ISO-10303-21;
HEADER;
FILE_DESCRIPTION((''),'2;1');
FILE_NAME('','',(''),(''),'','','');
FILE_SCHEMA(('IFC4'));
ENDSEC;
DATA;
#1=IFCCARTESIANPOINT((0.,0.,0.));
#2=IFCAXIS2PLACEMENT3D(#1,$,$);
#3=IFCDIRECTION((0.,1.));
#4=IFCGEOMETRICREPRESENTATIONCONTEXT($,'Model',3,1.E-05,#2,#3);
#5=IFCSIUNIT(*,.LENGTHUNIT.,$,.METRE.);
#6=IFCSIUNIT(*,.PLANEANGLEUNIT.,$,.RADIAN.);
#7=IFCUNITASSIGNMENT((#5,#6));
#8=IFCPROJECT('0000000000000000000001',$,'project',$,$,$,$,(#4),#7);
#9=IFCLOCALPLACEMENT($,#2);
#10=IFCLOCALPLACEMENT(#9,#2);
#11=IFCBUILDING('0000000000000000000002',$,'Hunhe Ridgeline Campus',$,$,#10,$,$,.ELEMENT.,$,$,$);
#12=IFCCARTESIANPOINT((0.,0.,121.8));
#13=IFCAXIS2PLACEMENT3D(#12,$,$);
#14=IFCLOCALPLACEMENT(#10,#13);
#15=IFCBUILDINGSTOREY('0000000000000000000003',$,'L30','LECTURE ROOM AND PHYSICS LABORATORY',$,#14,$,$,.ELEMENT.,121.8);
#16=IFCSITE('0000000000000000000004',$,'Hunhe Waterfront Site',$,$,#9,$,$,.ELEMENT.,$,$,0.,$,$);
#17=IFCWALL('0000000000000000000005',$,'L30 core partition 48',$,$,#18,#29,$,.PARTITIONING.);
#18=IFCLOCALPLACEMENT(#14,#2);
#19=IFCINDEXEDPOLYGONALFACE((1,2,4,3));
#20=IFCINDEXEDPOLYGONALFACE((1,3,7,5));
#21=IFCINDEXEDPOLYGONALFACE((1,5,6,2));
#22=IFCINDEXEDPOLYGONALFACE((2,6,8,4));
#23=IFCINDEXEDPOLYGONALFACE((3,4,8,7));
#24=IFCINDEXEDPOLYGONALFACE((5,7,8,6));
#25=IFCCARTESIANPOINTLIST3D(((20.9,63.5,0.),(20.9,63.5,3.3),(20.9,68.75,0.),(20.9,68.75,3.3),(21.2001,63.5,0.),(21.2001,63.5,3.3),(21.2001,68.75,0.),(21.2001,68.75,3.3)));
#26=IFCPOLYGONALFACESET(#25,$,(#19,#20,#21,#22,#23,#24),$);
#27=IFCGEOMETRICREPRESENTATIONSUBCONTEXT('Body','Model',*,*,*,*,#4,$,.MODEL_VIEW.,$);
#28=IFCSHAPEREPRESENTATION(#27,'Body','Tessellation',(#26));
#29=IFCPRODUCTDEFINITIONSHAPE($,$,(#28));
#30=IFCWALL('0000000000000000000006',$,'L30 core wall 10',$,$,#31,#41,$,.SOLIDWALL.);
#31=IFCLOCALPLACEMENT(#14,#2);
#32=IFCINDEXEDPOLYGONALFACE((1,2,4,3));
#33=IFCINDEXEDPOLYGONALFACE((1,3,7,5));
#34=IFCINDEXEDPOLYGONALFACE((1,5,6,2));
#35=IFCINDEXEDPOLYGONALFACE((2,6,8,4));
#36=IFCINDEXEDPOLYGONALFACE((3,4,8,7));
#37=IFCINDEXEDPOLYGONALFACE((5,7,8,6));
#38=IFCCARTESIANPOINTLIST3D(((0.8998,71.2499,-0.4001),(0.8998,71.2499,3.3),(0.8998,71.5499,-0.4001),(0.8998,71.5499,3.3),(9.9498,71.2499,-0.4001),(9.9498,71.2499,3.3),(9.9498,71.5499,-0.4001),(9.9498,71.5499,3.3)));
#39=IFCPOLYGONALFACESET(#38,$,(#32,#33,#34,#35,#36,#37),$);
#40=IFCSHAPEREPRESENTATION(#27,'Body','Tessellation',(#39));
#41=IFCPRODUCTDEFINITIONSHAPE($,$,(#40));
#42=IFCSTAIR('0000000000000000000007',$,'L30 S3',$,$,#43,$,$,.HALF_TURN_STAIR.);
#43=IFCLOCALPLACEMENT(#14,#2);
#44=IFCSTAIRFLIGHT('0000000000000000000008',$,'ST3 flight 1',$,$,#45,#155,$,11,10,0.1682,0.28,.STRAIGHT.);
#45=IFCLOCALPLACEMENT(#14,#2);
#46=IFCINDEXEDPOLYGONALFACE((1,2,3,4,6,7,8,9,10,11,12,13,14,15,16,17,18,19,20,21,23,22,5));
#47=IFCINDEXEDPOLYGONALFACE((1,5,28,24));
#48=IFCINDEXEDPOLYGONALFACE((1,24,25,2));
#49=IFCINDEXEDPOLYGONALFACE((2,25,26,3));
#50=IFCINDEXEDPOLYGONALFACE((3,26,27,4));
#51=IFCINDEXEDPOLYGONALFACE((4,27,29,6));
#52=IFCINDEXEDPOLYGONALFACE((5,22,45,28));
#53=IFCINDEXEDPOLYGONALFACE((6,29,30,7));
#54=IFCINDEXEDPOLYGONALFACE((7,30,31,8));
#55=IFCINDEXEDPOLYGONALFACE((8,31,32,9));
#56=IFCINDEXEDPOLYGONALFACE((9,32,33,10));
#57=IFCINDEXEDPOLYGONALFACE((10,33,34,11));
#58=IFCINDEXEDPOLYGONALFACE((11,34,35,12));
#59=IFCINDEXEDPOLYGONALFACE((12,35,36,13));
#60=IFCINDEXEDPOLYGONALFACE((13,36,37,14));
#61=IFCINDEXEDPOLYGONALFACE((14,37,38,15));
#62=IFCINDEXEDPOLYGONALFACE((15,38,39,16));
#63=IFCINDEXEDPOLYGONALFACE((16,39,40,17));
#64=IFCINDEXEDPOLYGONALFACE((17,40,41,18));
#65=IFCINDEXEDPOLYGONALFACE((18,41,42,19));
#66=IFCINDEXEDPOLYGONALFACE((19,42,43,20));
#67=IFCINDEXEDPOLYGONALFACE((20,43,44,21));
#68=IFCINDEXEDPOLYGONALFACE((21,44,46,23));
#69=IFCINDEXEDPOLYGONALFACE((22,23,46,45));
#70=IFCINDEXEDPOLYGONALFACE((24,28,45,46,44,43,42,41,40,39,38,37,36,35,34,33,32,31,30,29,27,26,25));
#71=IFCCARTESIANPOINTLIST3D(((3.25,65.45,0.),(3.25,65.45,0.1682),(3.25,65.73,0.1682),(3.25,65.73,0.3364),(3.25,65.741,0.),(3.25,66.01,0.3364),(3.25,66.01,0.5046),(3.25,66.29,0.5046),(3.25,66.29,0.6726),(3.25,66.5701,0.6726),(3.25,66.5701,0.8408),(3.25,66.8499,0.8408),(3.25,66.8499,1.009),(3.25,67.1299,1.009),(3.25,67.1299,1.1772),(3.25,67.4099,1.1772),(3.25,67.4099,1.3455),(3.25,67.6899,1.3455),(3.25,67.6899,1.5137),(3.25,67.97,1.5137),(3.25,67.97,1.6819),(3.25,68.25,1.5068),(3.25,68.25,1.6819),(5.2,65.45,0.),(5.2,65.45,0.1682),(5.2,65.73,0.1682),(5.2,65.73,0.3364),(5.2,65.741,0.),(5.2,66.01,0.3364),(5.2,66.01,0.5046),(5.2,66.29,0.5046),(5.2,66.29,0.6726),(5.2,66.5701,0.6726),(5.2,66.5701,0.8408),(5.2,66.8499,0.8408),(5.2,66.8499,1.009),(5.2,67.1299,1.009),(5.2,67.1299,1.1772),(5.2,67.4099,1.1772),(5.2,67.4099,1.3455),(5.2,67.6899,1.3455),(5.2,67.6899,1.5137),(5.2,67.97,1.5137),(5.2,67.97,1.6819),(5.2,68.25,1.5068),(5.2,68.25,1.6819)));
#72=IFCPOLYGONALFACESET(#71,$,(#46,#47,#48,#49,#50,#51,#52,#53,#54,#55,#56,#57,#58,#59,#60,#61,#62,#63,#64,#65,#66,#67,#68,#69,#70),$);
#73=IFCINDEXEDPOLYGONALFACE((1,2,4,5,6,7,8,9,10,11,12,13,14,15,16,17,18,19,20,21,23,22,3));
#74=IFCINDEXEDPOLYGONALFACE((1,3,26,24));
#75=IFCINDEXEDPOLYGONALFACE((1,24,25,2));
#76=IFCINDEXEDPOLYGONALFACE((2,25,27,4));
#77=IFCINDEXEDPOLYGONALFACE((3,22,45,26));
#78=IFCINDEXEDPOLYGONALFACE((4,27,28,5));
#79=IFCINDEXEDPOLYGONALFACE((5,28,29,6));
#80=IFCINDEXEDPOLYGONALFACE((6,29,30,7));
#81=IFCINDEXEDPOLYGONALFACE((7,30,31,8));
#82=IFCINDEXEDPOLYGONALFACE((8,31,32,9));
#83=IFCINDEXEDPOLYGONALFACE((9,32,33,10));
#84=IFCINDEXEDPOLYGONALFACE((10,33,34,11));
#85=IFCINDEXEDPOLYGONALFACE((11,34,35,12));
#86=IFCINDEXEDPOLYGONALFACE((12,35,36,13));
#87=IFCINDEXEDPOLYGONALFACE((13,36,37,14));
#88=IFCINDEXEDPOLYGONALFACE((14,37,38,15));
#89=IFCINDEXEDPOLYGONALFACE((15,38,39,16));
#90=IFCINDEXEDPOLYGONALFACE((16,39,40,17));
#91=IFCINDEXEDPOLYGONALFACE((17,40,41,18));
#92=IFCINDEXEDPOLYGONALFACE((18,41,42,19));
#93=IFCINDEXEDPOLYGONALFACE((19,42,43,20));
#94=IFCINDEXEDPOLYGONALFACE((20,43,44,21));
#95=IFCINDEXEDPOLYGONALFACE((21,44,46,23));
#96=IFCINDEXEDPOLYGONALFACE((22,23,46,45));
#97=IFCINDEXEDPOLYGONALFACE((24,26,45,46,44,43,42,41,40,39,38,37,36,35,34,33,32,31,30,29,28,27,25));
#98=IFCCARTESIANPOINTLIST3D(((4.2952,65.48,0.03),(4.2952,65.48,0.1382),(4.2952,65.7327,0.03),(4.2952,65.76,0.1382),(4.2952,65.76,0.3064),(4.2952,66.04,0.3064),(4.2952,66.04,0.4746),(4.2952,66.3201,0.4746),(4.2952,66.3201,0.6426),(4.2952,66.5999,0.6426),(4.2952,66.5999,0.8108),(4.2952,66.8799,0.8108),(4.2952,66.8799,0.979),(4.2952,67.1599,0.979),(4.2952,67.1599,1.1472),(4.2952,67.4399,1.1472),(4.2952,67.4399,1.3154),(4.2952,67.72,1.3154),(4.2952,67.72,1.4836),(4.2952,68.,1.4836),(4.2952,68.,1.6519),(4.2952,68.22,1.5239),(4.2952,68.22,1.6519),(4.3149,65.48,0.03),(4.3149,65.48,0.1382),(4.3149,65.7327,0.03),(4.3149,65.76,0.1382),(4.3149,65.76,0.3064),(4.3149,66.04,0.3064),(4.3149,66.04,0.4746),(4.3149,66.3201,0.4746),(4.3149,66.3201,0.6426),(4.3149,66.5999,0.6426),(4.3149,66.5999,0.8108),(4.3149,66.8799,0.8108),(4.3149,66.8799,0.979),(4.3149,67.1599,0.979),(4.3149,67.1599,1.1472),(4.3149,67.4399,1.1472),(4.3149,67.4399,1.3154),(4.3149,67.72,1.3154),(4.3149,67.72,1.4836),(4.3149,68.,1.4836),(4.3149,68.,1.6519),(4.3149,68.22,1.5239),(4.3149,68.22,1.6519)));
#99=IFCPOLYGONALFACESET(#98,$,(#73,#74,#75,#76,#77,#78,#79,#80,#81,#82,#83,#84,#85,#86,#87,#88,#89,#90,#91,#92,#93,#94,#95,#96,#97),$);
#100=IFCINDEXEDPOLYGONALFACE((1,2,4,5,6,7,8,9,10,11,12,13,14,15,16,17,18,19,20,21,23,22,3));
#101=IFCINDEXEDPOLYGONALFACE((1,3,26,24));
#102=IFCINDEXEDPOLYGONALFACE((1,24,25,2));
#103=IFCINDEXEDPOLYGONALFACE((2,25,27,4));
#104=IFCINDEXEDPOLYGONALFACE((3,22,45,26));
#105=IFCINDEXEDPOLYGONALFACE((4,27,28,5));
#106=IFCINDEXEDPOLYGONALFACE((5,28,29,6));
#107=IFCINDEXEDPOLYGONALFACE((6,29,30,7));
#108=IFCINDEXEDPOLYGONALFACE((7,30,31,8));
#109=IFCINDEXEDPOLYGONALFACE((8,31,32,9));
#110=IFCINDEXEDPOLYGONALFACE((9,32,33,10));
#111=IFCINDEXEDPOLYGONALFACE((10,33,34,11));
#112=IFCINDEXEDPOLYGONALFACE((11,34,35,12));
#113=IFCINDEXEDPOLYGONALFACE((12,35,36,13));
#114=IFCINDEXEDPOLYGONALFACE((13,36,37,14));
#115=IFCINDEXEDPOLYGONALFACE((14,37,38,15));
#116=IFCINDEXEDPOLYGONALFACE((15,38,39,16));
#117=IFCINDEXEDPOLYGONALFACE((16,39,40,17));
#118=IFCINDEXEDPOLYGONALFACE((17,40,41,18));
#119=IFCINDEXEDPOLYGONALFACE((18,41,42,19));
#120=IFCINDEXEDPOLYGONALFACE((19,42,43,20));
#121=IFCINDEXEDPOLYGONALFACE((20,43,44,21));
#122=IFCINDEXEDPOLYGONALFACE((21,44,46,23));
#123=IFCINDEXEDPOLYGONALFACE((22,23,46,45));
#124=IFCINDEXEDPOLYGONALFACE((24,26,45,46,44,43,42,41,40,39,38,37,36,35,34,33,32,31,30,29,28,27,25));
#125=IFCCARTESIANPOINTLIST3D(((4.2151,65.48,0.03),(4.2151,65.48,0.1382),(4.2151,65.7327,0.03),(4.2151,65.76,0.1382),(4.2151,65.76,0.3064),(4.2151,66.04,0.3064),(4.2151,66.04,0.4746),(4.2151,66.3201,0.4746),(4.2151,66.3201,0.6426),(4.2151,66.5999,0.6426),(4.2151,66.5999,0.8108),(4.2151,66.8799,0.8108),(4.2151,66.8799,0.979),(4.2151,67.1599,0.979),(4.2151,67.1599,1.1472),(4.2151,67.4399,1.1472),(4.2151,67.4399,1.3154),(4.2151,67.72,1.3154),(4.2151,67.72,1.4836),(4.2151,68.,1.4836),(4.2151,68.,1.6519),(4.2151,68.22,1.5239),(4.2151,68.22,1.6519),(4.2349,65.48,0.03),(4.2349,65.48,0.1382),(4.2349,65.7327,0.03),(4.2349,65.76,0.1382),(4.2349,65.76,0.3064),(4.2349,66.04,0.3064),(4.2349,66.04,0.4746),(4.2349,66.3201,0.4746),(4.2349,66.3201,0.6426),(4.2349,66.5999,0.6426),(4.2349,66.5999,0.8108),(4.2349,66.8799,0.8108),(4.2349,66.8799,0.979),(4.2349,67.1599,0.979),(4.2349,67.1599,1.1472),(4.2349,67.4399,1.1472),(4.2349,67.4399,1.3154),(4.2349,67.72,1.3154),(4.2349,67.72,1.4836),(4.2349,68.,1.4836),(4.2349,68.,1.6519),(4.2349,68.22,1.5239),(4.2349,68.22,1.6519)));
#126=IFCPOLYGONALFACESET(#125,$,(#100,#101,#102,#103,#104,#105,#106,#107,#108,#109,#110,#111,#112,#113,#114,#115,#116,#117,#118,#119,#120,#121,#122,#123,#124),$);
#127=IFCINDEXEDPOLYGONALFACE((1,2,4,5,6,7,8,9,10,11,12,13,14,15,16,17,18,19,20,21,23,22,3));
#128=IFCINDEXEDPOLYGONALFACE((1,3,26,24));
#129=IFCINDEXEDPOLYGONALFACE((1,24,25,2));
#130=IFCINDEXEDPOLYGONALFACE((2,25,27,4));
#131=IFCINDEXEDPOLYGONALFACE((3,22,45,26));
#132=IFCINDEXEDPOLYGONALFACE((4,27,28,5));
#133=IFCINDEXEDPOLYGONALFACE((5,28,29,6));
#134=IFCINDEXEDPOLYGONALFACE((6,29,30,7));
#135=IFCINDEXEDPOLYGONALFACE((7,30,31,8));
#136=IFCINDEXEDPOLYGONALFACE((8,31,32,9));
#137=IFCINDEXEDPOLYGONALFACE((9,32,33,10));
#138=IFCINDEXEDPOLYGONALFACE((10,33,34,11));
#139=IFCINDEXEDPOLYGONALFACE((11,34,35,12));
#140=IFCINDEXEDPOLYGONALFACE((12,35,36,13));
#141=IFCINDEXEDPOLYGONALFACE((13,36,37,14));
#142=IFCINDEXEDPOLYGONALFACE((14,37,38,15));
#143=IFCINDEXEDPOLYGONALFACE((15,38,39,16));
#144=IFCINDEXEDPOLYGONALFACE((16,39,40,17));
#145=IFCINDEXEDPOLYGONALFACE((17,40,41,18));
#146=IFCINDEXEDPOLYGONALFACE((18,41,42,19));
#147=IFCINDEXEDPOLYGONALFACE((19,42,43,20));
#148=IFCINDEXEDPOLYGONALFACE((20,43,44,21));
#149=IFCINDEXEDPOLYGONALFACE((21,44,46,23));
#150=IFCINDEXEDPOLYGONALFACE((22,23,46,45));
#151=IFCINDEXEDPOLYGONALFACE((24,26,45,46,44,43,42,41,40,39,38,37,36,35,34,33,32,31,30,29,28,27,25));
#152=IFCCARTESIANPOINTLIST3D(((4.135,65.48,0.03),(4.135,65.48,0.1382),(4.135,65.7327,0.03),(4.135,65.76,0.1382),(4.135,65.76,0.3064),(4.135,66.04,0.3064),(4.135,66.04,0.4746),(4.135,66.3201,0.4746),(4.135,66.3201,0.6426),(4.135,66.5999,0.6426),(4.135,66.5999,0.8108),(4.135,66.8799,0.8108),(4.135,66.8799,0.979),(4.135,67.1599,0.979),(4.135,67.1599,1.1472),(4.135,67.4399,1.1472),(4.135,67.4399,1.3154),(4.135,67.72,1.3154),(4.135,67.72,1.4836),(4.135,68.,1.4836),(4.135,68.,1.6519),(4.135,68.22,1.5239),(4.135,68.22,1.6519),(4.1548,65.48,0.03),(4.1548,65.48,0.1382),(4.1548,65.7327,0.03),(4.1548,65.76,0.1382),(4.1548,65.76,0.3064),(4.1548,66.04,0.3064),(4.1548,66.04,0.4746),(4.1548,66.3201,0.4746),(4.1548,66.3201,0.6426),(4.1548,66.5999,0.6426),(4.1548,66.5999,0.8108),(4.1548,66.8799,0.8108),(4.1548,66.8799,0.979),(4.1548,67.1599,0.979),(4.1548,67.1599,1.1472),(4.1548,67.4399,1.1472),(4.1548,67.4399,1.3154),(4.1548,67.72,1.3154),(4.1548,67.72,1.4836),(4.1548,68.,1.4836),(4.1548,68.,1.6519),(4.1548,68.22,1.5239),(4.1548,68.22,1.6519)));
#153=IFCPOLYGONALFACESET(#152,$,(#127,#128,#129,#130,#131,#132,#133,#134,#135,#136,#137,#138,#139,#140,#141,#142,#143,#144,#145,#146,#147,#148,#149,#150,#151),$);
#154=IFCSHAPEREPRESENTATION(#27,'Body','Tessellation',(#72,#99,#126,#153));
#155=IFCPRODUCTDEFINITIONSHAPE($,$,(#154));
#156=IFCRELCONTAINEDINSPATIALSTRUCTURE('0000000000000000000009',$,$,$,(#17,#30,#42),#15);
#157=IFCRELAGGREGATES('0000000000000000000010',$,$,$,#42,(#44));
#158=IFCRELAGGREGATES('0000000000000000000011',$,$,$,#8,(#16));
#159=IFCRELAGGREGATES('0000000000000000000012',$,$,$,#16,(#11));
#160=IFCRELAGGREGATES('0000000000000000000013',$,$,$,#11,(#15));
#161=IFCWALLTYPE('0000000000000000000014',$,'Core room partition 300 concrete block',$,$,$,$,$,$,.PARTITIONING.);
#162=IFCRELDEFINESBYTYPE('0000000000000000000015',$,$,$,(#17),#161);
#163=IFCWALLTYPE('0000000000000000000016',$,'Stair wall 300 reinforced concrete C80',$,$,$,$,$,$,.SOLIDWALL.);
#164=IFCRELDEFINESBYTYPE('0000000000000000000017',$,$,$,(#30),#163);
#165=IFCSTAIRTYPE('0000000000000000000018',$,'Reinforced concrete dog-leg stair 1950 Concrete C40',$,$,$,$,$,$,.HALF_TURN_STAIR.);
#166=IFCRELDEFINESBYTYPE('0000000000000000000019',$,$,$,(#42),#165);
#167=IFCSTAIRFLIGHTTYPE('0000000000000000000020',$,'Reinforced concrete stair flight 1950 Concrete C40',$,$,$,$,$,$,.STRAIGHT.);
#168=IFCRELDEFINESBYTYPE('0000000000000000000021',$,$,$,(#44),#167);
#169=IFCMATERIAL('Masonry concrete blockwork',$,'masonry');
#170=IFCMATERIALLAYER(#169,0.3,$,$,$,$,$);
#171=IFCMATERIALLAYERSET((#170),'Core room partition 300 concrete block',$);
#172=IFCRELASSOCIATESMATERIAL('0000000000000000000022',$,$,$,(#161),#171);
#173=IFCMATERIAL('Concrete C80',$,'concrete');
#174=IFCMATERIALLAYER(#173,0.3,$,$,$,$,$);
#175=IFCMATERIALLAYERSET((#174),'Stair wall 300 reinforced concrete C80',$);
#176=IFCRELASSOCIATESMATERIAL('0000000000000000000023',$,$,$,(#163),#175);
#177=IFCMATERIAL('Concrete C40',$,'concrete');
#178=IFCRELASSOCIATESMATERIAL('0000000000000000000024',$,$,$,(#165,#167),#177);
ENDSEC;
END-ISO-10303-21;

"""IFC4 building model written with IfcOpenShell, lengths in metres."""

from ifc_helpers import new_model, si_unit, direction, frame, frame_2d, origin, place, context, subcontext, project, spatial, polyline, rectangle, outline, extrude, material, layer, layer_set, type_object, element, aggregate, save


model = new_model("IFC4")

# Units and contexts
model_context = context("Model", 3, precision=1e-05, world=origin(), true_north=direction((0.0, 1.0)))
body_context = subcontext(model_context, "Body", "Model", "MODEL_VIEW")
ifc_project = project(units=[si_unit("LENGTHUNIT", "METRE"), si_unit("PLANEANGLEUNIT", "RADIAN")], contexts=[model_context])

# Site, building, storey
site_placement = place(None, origin())
site = spatial("IfcSite", under=ifc_project, at=site_placement, Name="Hunhe Waterfront Site", CompositionType="ELEMENT", RefElevation=0.0)
building_placement = place(site_placement, origin())
building = spatial("IfcBuilding", under=site, at=building_placement, Name="Hunhe Ridgeline Campus", CompositionType="ELEMENT")
storey_placement = place(building_placement, frame((0.0, 0.0, 121.8)))
storey = spatial("IfcBuildingStorey", under=building, at=storey_placement, Name="L30", Description="LECTURE ROOM AND PHYSICS LABORATORY", CompositionType="ELEMENT", Elevation=121.8)

# Shared definitions
ifc_material_1 = material(Name="Masonry concrete blockwork", Category="masonry")
ifc_layer_1 = layer(ifc_material_1, 0.3)
ifc_layer_set_1 = layer_set([ifc_layer_1], Name="Core room partition 300 concrete block")
wall_type_1 = type_object("IfcWallType", Name="Core room partition 300 concrete block", PredefinedType="PARTITIONING", material=ifc_layer_set_1)

# Wall
wall_1_placement = place(storey_placement, frame((21.05, 63.5, 0.0), z_axis=(0.0, 0.0, 1.0), x_axis=(0.0, 1.0, 0.0)))
element("IfcWall", 1, at=wall_1_placement, inside=storey, type_object=wall_type_1, Name="L30 core partition 48", PredefinedType="PARTITIONING", context=body_context, shape_type="SweptSolid", body=[
    extrude(rectangle(XDim=5.25, YDim=0.3, at=frame_2d((2.625, 0.0))), origin(), (0.0, 0.0, 1.0), 3.3),
])

# Shared definitions
ifc_material_2 = material(Name="Concrete C80", Category="concrete")

# Wall
ifc_layer_2 = layer(ifc_material_2, 0.3)
ifc_layer_set_2 = layer_set([ifc_layer_2], Name="Stair wall 300 reinforced concrete C80")
wall_type_2 = type_object("IfcWallType", Name="Stair wall 300 reinforced concrete C80", PredefinedType="SOLIDWALL", material=ifc_layer_set_2)
wall_2_placement = place(storey_placement, frame((0.8999, 71.3999, -0.4001), z_axis=(0.0, 0.0, 1.0), x_axis=(1.0, 0.0, 0.0)))
element("IfcWall", 2, at=wall_2_placement, inside=storey, type_object=wall_type_2, Name="L30 core wall 10", PredefinedType="SOLIDWALL", context=body_context, shape_type="SweptSolid", body=[
    extrude(rectangle(XDim=9.05, YDim=0.3, at=frame_2d((4.5249, 0.0))), origin(), (0.0, 0.0, 1.0), 3.7002),
])

# Stair, stair flight
ifc_material_3 = material(Name="Concrete C40", Category="concrete")
stair_type = type_object("IfcStairType", Name="Reinforced concrete dog-leg stair 1950 Concrete C40", PredefinedType="HALF_TURN_STAIR", material=ifc_material_3)
stair_1_placement = place(storey_placement, origin())
stair_1 = element("IfcStair", 3, at=stair_1_placement, inside=storey, type_object=stair_type, Name="L30 S3", PredefinedType="HALF_TURN_STAIR")
stair_flight_type = type_object("IfcStairFlightType", Name="Reinforced concrete stair flight 1950 Concrete C40", PredefinedType="STRAIGHT", material=ifc_material_3)
stair_flight_1_placement = place(storey_placement, frame((4.2251, 65.45, 0.0), z_axis=(0.0, 0.0, 1.0), x_axis=(0.0, 1.0, 0.0)))
stair_flight_1 = element("IfcStairFlight", 4, at=stair_flight_1_placement, type_object=stair_flight_type, Name="ST3 flight 1", NumberOfRisers=11, NumberOfTreads=10, PredefinedType="STRAIGHT", RiserHeight=0.1682, TreadLength=0.28, context=body_context, shape_type="SweptSolid", body=[
    extrude(outline(polyline([(0.0, 0.0), (0.0, 0.1682), (0.28, 0.1682), (0.28, 0.3364), (0.5601, 0.3364), (0.5601, 0.5046), (0.8401, 0.5046), (0.8401, 0.6726), (1.1201, 0.6726), (1.1201, 0.8408), (1.3999, 0.8408), (1.3999, 1.009), (1.6799, 1.009), (1.6799, 1.1772), (1.96, 1.1772), (1.96, 1.3455), (2.24, 1.3455), (2.24, 1.5137), (2.52, 1.5137), (2.52, 1.6819), (2.8, 1.6819), (2.8, 1.8501), (2.8, 1.5068), (0.291, 0.0), (0.0, 0.0)])), frame((0.0, 0.9751, 0.0), z_axis=(0.0, -1.0, 0.0), x_axis=(1.0, 0.0, 0.0)), (0.0, 0.0, 1.0), 1.95),
    extrude(outline(polyline([(0.03, 0.03), (0.03, 0.1382), (0.3101, 0.1382), (0.3101, 0.3064), (0.5901, 0.3064), (0.5901, 0.4746), (0.8701, 0.4746), (0.8701, 0.6426), (1.1499, 0.6426), (1.1499, 0.8108), (1.4299, 0.8108), (1.4299, 0.979), (1.71, 0.979), (1.71, 1.1472), (1.99, 1.1472), (1.99, 1.3154), (2.27, 1.3154), (2.27, 1.4836), (2.55, 1.4836), (2.55, 1.6519), (2.77, 1.6519), (2.77, 1.5239), (0.2827, 0.03), (0.03, 0.03)])), frame((0.0, -0.0701, 0.0), z_axis=(0.0, -1.0, 0.0), x_axis=(1.0, 0.0, 0.0)), (0.0, 0.0, 1.0), 0.0198),
    extrude(outline(polyline([(0.03, 0.03), (0.03, 0.1382), (0.3101, 0.1382), (0.3101, 0.3064), (0.5901, 0.3064), (0.5901, 0.4746), (0.8701, 0.4746), (0.8701, 0.6426), (1.1499, 0.6426), (1.1499, 0.8108), (1.4299, 0.8108), (1.4299, 0.979), (1.71, 0.979), (1.71, 1.1472), (1.99, 1.1472), (1.99, 1.3154), (2.27, 1.3154), (2.27, 1.4836), (2.55, 1.4836), (2.55, 1.6519), (2.77, 1.6519), (2.77, 1.5239), (0.2827, 0.03), (0.03, 0.03)])), frame((0.0, 0.01, 0.0), z_axis=(0.0, -1.0, 0.0), x_axis=(1.0, 0.0, 0.0)), (0.0, 0.0, 1.0), 0.0198),
    extrude(outline(polyline([(0.03, 0.03), (0.03, 0.1382), (0.3101, 0.1382), (0.3101, 0.3064), (0.5901, 0.3064), (0.5901, 0.4746), (0.8701, 0.4746), (0.8701, 0.6426), (1.1499, 0.6426), (1.1499, 0.8108), (1.4299, 0.8108), (1.4299, 0.979), (1.71, 0.979), (1.71, 1.1472), (1.99, 1.1472), (1.99, 1.3154), (2.27, 1.3154), (2.27, 1.4836), (2.55, 1.4836), (2.55, 1.6519), (2.77, 1.6519), (2.77, 1.5239), (0.2827, 0.03), (0.03, 0.03)])), frame((0.0, 0.0901, 0.0), z_axis=(0.0, -1.0, 0.0), x_axis=(1.0, 0.0, 0.0)), (0.0, 0.0, 1.0), 0.0198),
])
aggregate(stair_1, [stair_flight_1])

save(model, "model.ifc")
